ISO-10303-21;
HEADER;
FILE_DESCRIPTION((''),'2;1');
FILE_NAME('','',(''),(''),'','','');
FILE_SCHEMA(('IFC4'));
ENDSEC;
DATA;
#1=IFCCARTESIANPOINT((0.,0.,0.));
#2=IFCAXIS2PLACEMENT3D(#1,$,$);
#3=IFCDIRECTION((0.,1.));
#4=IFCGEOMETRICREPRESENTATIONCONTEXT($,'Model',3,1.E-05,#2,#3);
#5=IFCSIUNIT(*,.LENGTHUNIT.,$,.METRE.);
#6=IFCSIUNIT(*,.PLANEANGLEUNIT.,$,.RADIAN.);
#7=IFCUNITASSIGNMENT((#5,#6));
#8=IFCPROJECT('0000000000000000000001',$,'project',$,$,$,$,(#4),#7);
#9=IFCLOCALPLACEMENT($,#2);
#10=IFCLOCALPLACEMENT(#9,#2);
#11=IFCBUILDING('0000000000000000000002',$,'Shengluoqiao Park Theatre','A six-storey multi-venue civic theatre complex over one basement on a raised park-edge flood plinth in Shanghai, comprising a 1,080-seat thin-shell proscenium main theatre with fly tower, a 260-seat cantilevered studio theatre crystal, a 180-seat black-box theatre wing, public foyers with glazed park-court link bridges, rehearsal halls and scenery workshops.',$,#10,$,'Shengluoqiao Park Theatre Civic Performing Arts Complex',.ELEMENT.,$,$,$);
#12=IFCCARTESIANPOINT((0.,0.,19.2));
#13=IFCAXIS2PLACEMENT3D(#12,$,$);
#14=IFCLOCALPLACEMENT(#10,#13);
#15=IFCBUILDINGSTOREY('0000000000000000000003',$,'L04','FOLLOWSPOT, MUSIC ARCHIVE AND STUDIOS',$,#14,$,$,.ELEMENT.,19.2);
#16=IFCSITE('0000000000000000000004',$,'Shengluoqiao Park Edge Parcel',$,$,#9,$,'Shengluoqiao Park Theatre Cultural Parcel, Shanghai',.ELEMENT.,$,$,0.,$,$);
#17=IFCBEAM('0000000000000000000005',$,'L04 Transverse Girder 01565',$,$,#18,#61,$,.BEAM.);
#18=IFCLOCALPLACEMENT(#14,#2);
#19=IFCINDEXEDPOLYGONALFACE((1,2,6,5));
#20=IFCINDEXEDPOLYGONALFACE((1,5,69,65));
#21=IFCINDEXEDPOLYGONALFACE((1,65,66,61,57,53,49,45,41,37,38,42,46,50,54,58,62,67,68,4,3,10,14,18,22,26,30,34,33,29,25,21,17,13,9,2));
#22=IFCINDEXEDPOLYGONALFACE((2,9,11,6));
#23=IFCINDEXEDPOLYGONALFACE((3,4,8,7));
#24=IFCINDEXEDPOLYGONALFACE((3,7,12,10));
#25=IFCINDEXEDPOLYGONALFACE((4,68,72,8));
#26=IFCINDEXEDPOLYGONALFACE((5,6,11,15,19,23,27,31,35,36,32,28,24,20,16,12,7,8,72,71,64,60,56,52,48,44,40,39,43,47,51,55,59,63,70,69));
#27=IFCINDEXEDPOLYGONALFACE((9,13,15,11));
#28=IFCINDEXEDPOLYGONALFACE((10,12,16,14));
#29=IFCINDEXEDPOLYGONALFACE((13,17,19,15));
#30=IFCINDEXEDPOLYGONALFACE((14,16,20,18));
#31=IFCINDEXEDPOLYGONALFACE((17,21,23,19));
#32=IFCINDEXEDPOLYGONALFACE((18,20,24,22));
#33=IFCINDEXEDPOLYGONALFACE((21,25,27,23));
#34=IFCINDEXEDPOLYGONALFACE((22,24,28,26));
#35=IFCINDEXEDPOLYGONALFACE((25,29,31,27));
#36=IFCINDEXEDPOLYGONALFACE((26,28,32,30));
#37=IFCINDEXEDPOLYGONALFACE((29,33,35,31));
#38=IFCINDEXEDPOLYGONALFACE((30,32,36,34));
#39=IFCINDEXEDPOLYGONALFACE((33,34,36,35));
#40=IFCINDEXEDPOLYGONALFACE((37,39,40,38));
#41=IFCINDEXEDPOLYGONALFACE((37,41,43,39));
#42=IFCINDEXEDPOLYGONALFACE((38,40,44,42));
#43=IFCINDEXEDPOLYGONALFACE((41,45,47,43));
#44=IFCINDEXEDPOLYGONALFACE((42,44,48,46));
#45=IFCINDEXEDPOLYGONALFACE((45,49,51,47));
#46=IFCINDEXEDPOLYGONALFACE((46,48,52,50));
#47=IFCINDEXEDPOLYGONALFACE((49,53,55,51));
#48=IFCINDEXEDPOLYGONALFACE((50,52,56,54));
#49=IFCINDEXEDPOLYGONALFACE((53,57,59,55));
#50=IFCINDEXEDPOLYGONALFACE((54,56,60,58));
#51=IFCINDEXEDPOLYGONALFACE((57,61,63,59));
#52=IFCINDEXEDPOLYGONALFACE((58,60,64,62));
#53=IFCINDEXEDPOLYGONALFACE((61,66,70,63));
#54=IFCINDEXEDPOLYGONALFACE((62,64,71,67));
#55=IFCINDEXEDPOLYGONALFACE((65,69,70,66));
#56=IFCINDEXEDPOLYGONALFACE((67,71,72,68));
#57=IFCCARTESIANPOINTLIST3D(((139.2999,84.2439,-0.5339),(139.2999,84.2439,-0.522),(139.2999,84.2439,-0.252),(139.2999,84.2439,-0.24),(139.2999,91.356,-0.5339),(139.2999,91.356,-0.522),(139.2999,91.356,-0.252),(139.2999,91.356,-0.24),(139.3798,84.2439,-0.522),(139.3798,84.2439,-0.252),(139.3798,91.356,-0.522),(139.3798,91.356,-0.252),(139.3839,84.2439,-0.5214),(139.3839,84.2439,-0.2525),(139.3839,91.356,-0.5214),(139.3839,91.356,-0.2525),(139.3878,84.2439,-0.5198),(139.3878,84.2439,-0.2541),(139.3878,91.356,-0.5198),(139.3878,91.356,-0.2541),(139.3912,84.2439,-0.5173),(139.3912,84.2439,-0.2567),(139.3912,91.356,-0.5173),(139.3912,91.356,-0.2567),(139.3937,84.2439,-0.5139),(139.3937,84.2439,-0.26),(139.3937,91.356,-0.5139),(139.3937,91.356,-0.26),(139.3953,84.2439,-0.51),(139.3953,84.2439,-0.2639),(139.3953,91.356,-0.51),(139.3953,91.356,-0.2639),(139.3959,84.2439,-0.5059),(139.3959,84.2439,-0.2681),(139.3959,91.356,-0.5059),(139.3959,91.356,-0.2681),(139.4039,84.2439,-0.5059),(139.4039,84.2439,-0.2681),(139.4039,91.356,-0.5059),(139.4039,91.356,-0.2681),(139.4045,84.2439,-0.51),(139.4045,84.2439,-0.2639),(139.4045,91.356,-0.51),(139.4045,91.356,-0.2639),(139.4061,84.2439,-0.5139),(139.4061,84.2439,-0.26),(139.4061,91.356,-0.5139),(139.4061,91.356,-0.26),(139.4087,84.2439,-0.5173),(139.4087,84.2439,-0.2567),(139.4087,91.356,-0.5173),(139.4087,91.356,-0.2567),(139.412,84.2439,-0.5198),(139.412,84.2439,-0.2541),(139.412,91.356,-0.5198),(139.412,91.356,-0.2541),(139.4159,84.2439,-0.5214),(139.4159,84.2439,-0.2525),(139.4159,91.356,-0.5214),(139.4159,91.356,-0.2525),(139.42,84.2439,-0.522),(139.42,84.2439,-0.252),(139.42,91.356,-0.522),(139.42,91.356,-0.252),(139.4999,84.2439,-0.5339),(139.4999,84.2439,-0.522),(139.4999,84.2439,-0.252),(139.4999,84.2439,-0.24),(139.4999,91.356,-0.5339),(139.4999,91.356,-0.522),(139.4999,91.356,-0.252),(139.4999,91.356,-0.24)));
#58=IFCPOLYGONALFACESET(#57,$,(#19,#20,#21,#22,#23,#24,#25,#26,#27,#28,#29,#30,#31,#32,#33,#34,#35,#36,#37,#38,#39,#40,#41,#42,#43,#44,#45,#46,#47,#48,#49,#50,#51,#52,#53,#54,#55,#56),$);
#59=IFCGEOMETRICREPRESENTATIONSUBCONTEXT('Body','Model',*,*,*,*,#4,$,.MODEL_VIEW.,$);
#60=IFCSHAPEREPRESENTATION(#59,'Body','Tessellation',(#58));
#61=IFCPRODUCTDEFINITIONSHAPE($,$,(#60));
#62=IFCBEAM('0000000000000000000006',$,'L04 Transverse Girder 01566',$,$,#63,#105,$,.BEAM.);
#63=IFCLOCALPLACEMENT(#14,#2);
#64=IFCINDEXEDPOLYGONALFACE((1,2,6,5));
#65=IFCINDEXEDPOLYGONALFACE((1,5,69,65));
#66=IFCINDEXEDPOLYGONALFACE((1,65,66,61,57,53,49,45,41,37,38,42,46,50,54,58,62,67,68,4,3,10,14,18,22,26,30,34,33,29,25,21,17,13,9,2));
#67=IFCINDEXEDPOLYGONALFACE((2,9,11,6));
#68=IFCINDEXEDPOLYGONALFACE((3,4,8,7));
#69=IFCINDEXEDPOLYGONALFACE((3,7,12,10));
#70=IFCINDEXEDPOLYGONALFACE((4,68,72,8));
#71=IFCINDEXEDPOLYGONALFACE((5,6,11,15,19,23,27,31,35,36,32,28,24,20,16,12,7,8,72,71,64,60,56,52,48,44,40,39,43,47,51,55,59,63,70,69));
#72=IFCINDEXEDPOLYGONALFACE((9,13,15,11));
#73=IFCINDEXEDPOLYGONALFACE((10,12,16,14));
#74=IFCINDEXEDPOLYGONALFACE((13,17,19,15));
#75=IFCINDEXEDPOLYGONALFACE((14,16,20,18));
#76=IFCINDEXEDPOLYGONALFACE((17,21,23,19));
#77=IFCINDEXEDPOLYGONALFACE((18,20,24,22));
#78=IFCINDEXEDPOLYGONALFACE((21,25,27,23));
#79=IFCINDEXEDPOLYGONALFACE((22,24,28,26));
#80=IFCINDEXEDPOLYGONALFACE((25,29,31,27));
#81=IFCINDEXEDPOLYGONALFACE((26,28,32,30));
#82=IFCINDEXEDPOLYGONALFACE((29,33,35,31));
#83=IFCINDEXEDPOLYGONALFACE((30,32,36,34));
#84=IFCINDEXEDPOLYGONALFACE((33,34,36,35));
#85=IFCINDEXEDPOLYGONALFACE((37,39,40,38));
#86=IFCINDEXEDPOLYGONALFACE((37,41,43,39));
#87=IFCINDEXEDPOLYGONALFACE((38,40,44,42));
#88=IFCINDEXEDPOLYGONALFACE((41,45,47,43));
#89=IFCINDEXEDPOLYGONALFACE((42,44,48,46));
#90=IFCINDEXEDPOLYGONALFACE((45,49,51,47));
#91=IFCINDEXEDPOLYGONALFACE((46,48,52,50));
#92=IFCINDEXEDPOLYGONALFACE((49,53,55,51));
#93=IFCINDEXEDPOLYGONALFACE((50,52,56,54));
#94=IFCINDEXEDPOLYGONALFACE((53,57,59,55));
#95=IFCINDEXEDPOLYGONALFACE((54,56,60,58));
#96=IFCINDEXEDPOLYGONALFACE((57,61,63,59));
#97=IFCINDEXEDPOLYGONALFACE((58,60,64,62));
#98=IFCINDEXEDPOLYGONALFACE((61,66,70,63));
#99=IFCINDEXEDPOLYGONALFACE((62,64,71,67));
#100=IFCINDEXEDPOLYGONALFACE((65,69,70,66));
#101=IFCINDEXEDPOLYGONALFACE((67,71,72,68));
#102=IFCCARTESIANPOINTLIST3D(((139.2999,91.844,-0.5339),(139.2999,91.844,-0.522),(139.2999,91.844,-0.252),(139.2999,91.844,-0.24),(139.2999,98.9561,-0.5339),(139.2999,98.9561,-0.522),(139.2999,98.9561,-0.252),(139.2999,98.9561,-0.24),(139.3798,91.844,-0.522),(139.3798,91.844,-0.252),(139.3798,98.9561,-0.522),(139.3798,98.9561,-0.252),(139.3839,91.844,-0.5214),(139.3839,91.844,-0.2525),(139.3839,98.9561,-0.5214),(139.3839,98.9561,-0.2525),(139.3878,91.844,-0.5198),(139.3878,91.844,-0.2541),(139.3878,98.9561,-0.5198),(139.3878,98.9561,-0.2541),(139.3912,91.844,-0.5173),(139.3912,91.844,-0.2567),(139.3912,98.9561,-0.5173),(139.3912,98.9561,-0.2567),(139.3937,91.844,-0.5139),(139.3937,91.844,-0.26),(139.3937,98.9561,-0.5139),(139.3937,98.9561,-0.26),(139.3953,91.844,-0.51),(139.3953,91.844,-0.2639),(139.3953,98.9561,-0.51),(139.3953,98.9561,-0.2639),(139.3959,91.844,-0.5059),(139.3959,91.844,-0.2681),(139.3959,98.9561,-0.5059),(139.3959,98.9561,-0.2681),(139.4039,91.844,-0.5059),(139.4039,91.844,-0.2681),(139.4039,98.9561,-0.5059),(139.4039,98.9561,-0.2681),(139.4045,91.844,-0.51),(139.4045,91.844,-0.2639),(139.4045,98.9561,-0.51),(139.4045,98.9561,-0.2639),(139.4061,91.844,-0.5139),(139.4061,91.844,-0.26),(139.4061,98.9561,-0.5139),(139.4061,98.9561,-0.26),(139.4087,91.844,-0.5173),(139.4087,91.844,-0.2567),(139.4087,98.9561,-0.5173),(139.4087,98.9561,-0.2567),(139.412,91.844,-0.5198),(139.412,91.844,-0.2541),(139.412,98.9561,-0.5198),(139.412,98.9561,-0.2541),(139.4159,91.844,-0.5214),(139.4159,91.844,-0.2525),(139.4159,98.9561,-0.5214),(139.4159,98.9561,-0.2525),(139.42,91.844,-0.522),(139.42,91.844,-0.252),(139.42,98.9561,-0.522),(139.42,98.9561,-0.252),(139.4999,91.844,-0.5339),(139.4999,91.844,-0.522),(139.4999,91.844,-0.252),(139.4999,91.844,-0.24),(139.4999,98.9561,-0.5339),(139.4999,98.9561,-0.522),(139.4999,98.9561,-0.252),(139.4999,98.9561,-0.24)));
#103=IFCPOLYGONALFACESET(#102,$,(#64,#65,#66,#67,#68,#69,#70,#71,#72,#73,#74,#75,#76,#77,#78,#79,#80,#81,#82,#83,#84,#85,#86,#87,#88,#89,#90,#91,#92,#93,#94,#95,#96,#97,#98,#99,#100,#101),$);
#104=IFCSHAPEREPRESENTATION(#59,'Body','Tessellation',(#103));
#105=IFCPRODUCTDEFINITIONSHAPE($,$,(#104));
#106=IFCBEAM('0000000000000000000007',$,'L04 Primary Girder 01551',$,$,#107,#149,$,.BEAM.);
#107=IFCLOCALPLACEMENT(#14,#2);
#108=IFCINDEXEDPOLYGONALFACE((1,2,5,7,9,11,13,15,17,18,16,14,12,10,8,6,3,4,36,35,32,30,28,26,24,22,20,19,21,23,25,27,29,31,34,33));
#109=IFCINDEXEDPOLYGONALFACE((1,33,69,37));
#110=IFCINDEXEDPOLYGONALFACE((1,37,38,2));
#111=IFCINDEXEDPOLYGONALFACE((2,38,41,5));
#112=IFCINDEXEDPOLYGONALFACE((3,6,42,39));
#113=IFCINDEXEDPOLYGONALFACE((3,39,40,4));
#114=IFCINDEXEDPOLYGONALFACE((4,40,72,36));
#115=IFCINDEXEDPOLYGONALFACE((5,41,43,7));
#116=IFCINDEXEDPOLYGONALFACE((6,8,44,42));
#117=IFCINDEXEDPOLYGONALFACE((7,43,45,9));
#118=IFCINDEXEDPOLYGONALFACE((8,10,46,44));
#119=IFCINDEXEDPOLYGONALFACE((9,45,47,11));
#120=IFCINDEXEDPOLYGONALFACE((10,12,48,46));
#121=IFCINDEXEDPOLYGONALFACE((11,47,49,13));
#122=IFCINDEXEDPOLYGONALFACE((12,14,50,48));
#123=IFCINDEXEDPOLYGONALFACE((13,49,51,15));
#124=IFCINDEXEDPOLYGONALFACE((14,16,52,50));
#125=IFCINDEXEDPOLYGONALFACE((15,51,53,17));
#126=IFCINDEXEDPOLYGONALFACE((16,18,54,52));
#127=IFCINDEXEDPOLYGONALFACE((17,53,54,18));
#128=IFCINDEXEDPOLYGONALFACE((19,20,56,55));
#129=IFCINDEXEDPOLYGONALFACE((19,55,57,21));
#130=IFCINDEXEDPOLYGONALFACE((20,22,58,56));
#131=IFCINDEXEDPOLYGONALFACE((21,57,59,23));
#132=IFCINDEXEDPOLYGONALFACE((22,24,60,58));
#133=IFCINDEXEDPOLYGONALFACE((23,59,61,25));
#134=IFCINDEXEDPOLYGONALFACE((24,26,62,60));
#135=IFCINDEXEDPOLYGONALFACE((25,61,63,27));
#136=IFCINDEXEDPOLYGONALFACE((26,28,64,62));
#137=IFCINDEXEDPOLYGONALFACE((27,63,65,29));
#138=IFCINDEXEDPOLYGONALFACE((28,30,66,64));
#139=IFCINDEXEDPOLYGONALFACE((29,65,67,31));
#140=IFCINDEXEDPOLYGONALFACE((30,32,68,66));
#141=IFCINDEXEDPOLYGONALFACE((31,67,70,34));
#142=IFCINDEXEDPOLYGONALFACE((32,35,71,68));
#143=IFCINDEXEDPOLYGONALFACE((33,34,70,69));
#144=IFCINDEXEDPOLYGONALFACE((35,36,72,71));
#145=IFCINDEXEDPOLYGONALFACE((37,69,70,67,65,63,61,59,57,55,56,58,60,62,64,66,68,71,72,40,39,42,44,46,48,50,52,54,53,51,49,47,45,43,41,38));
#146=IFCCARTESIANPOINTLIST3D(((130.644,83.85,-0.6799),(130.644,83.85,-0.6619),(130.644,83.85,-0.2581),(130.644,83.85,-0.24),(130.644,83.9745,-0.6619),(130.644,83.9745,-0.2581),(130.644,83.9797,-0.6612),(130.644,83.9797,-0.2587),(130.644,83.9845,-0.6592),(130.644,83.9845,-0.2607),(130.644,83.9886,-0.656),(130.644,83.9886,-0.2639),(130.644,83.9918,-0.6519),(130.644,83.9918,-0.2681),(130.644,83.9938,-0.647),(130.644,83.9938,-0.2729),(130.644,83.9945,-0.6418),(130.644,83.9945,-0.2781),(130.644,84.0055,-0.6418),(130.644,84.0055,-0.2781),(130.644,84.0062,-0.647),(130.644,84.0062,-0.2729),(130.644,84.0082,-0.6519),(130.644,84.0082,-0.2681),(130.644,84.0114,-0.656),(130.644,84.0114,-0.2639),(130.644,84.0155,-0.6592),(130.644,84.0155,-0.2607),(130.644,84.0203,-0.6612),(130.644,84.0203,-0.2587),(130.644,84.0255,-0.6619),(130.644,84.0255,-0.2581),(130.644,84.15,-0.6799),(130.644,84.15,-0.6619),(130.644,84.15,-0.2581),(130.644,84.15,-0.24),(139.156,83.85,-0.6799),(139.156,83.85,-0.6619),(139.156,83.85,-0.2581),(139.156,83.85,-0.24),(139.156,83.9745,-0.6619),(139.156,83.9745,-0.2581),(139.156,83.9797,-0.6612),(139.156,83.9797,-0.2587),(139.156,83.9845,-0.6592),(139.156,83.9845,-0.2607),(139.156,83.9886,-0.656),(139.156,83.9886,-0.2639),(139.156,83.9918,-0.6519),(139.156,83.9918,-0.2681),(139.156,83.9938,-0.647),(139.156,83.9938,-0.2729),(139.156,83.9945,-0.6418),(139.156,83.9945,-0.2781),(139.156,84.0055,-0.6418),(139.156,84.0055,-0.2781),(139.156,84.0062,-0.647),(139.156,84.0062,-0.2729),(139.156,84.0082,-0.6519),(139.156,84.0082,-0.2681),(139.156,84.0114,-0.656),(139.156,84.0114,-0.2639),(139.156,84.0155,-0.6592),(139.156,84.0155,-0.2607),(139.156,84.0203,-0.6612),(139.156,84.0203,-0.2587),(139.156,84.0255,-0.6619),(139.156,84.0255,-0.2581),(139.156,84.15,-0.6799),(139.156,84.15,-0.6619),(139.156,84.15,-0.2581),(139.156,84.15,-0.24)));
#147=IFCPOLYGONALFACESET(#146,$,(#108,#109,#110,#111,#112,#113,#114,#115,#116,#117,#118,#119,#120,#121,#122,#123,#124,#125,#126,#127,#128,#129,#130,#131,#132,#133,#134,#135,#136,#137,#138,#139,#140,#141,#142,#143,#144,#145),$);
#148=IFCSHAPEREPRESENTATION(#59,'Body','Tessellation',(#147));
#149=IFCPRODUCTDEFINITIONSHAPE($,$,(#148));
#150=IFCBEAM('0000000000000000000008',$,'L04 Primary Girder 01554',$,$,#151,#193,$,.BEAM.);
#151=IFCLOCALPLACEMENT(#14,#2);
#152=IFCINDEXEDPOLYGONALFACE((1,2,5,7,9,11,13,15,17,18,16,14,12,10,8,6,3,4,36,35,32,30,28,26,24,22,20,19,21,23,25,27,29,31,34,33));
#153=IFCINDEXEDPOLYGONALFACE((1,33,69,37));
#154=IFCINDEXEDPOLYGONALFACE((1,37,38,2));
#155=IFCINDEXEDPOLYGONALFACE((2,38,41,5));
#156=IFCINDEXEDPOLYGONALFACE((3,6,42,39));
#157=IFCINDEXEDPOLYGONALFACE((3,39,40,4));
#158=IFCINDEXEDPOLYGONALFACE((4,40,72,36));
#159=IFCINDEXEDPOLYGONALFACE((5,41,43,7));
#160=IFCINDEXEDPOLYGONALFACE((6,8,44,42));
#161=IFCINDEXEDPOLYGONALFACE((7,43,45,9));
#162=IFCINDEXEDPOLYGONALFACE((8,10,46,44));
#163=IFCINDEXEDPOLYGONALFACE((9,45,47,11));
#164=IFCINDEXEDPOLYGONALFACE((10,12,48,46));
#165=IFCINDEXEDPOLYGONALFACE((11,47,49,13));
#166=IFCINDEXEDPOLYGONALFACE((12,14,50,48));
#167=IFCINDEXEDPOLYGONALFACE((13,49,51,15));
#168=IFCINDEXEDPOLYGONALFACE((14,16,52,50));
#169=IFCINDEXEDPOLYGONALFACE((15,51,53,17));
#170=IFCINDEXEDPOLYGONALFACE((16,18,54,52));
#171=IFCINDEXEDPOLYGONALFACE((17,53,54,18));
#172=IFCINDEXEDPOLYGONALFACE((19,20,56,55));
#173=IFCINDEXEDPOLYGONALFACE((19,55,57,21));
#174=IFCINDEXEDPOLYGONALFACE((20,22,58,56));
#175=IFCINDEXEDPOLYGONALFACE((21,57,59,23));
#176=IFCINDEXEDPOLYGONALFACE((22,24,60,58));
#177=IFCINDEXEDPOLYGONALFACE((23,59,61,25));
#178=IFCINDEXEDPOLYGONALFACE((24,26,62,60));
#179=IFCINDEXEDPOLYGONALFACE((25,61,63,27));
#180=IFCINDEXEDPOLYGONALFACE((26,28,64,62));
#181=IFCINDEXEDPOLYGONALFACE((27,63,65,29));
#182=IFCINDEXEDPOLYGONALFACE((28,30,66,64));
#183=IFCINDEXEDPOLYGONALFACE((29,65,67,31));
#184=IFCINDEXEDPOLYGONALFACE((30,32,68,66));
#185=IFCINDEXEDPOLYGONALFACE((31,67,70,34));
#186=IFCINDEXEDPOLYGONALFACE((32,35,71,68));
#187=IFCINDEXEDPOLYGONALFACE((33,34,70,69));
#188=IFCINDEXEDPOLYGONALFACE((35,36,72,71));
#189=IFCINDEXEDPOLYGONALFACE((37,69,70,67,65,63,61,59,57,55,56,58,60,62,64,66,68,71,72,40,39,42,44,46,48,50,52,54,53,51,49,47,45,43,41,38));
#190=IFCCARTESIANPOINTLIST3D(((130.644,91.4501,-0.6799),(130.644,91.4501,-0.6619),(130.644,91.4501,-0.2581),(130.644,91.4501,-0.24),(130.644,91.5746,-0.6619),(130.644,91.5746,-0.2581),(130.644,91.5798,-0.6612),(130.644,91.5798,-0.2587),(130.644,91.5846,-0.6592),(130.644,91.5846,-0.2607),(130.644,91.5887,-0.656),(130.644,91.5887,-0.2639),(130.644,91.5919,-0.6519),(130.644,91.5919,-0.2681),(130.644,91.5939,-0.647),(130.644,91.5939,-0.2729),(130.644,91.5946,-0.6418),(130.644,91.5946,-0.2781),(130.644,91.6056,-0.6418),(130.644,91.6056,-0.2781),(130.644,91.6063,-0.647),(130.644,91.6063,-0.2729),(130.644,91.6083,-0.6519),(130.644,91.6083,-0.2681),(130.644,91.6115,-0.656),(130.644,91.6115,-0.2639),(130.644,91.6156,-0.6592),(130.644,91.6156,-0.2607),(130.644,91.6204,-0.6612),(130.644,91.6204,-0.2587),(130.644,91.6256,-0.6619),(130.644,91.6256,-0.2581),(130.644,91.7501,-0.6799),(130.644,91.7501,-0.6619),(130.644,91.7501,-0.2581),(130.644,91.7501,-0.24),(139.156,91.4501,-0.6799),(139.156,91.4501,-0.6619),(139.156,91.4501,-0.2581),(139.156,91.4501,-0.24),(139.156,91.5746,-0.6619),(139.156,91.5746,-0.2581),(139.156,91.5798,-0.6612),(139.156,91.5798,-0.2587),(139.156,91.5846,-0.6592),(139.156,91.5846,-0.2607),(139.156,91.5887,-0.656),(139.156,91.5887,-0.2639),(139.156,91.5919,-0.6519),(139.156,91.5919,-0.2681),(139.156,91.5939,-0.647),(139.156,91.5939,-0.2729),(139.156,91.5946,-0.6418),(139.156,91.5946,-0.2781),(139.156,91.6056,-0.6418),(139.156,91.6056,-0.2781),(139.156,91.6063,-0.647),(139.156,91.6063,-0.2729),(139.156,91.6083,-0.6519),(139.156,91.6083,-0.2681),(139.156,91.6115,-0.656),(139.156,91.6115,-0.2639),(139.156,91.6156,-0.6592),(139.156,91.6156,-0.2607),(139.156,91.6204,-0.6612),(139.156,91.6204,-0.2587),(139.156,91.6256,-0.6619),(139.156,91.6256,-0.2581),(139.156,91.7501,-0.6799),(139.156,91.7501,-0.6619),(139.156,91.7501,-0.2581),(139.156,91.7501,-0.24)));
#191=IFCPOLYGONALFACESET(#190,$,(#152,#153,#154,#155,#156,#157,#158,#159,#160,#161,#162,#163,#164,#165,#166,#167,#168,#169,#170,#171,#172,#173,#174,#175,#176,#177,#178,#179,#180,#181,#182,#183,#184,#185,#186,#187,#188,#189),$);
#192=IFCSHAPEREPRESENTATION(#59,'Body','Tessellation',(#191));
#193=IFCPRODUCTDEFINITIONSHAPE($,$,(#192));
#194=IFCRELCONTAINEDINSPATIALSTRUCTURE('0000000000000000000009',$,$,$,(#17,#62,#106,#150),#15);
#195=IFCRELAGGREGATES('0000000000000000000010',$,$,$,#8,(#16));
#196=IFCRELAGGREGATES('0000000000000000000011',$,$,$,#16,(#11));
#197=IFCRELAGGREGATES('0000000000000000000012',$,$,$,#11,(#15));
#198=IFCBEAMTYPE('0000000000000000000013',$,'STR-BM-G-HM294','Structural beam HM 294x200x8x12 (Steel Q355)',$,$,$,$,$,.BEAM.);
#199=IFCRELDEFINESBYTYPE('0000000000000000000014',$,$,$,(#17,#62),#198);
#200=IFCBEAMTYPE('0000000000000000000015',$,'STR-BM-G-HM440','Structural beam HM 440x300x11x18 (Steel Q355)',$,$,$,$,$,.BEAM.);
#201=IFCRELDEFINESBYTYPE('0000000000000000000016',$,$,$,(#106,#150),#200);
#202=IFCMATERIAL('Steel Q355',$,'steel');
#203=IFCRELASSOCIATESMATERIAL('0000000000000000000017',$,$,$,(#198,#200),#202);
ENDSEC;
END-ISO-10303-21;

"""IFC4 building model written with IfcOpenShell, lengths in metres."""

from ifc_helpers import new_model, si_unit, direction, frame, origin, origin_2d, place, context, subcontext, project, spatial, i_section, extrude, material, material_profile, profile_set, type_object, element, save


model = new_model("IFC4")

# Units and contexts
model_context = context("Model", 3, precision=1e-05, world=origin(), true_north=direction((0.0, 1.0)))
body_context = subcontext(model_context, "Body", "Model", "MODEL_VIEW")
ifc_project = project(units=[si_unit("LENGTHUNIT", "METRE"), si_unit("PLANEANGLEUNIT", "RADIAN")], contexts=[model_context])

# Site, building, storey
site_placement = place(None, origin())
site = spatial("IfcSite", under=ifc_project, at=site_placement, Name="Shengluoqiao Park Edge Parcel", LongName="Shengluoqiao Park Theatre Cultural Parcel, Shanghai", CompositionType="ELEMENT", RefElevation=0.0)
building_placement = place(site_placement, origin())
building = spatial("IfcBuilding", under=site, at=building_placement, Name="Shengluoqiao Park Theatre", Description="A six-storey multi-venue civic theatre complex over one basement on a raised park-edge flood plinth in Shanghai, comprising a 1,080-seat thin-shell proscenium main theatre with fly tower, a 260-seat cantilevered studio theatre crystal, a 180-seat black-box theatre wing, public foyers with glazed park-court link bridges, rehearsal halls and scenery workshops.", LongName="Shengluoqiao Park Theatre Civic Performing Arts Complex", CompositionType="ELEMENT")
storey_placement = place(building_placement, frame((0.0, 0.0, 19.2)))
storey = spatial("IfcBuildingStorey", under=building, at=storey_placement, Name="L04", Description="FOLLOWSPOT, MUSIC ARCHIVE AND STUDIOS", CompositionType="ELEMENT", Elevation=19.2)

# Shared definitions
ifc_material_1 = material(Name="Steel Q355", Category="steel")

# Beams
ifc_material_profile_1 = material_profile(ifc_material_1, i_section(OverallWidth=0.2, OverallDepth=0.2939, WebThickness=0.0081, FlangeThickness=0.012, FilletRadius=0.0161, at=origin_2d()), Name="HM 294x200x8x12")
ifc_profile_set_1 = profile_set([ifc_material_profile_1], Name="Steel Q355")
beam_type_1 = type_object("IfcBeamType", Name="STR-BM-G-HM294", Description="Structural beam HM 294x200x8x12 (Steel Q355)", PredefinedType="BEAM", material=ifc_profile_set_1)
for number, where, z_axis, x_axis, name in (
    (1, (139.3999, 84.2439, -0.387), (0.0, 1.0, 0.0), (-1.0, 0.0, 0.0), "L04 Transverse Girder 01565"),
    (2, (139.3999, 91.844, -0.387), (0.0, 1.0, 0.0), (-1.0, 0.0, 0.0), "L04 Transverse Girder 01566"),
):
    element("IfcBeam", number, at=place(storey_placement, frame(where, z_axis=z_axis, x_axis=x_axis)), inside=storey, type_object=beam_type_1, Name=name, PredefinedType="BEAM", context=body_context, shape_type="SweptSolid", body=[
        extrude(i_section(OverallWidth=0.2, OverallDepth=0.2939, WebThickness=0.0081, FlangeThickness=0.012, FilletRadius=0.0161, at=origin_2d()), origin(), (0.0, 0.0, 1.0), 7.1121),
    ])
ifc_material_profile_2 = material_profile(ifc_material_1, i_section(OverallWidth=0.3, OverallDepth=0.4399, WebThickness=0.011, FlangeThickness=0.0181, FilletRadius=0.02, at=origin_2d()), Name="HM 440x300x11x18")
ifc_profile_set_2 = profile_set([ifc_material_profile_2], Name="Steel Q355")
beam_type_2 = type_object("IfcBeamType", Name="STR-BM-G-HM440", Description="Structural beam HM 440x300x11x18 (Steel Q355)", PredefinedType="BEAM", material=ifc_profile_set_2)
for number, where, z_axis, x_axis, name in (
    (3, (130.644, 84.0, -0.46), (1.0, 0.0, 0.0), (0.0, 1.0, 0.0), "L04 Primary Girder 01551"),
    (4, (130.644, 91.6001, -0.46), (1.0, 0.0, 0.0), (0.0, 1.0, 0.0), "L04 Primary Girder 01554"),
):
    element("IfcBeam", number, at=place(storey_placement, frame(where, z_axis=z_axis, x_axis=x_axis)), inside=storey, type_object=beam_type_2, Name=name, PredefinedType="BEAM", context=body_context, shape_type="SweptSolid", body=[
        extrude(i_section(OverallWidth=0.3, OverallDepth=0.4399, WebThickness=0.011, FlangeThickness=0.0181, FilletRadius=0.02, at=origin_2d()), origin(), (0.0, 0.0, 1.0), 8.512),
    ])

save(model, "model.ifc")
